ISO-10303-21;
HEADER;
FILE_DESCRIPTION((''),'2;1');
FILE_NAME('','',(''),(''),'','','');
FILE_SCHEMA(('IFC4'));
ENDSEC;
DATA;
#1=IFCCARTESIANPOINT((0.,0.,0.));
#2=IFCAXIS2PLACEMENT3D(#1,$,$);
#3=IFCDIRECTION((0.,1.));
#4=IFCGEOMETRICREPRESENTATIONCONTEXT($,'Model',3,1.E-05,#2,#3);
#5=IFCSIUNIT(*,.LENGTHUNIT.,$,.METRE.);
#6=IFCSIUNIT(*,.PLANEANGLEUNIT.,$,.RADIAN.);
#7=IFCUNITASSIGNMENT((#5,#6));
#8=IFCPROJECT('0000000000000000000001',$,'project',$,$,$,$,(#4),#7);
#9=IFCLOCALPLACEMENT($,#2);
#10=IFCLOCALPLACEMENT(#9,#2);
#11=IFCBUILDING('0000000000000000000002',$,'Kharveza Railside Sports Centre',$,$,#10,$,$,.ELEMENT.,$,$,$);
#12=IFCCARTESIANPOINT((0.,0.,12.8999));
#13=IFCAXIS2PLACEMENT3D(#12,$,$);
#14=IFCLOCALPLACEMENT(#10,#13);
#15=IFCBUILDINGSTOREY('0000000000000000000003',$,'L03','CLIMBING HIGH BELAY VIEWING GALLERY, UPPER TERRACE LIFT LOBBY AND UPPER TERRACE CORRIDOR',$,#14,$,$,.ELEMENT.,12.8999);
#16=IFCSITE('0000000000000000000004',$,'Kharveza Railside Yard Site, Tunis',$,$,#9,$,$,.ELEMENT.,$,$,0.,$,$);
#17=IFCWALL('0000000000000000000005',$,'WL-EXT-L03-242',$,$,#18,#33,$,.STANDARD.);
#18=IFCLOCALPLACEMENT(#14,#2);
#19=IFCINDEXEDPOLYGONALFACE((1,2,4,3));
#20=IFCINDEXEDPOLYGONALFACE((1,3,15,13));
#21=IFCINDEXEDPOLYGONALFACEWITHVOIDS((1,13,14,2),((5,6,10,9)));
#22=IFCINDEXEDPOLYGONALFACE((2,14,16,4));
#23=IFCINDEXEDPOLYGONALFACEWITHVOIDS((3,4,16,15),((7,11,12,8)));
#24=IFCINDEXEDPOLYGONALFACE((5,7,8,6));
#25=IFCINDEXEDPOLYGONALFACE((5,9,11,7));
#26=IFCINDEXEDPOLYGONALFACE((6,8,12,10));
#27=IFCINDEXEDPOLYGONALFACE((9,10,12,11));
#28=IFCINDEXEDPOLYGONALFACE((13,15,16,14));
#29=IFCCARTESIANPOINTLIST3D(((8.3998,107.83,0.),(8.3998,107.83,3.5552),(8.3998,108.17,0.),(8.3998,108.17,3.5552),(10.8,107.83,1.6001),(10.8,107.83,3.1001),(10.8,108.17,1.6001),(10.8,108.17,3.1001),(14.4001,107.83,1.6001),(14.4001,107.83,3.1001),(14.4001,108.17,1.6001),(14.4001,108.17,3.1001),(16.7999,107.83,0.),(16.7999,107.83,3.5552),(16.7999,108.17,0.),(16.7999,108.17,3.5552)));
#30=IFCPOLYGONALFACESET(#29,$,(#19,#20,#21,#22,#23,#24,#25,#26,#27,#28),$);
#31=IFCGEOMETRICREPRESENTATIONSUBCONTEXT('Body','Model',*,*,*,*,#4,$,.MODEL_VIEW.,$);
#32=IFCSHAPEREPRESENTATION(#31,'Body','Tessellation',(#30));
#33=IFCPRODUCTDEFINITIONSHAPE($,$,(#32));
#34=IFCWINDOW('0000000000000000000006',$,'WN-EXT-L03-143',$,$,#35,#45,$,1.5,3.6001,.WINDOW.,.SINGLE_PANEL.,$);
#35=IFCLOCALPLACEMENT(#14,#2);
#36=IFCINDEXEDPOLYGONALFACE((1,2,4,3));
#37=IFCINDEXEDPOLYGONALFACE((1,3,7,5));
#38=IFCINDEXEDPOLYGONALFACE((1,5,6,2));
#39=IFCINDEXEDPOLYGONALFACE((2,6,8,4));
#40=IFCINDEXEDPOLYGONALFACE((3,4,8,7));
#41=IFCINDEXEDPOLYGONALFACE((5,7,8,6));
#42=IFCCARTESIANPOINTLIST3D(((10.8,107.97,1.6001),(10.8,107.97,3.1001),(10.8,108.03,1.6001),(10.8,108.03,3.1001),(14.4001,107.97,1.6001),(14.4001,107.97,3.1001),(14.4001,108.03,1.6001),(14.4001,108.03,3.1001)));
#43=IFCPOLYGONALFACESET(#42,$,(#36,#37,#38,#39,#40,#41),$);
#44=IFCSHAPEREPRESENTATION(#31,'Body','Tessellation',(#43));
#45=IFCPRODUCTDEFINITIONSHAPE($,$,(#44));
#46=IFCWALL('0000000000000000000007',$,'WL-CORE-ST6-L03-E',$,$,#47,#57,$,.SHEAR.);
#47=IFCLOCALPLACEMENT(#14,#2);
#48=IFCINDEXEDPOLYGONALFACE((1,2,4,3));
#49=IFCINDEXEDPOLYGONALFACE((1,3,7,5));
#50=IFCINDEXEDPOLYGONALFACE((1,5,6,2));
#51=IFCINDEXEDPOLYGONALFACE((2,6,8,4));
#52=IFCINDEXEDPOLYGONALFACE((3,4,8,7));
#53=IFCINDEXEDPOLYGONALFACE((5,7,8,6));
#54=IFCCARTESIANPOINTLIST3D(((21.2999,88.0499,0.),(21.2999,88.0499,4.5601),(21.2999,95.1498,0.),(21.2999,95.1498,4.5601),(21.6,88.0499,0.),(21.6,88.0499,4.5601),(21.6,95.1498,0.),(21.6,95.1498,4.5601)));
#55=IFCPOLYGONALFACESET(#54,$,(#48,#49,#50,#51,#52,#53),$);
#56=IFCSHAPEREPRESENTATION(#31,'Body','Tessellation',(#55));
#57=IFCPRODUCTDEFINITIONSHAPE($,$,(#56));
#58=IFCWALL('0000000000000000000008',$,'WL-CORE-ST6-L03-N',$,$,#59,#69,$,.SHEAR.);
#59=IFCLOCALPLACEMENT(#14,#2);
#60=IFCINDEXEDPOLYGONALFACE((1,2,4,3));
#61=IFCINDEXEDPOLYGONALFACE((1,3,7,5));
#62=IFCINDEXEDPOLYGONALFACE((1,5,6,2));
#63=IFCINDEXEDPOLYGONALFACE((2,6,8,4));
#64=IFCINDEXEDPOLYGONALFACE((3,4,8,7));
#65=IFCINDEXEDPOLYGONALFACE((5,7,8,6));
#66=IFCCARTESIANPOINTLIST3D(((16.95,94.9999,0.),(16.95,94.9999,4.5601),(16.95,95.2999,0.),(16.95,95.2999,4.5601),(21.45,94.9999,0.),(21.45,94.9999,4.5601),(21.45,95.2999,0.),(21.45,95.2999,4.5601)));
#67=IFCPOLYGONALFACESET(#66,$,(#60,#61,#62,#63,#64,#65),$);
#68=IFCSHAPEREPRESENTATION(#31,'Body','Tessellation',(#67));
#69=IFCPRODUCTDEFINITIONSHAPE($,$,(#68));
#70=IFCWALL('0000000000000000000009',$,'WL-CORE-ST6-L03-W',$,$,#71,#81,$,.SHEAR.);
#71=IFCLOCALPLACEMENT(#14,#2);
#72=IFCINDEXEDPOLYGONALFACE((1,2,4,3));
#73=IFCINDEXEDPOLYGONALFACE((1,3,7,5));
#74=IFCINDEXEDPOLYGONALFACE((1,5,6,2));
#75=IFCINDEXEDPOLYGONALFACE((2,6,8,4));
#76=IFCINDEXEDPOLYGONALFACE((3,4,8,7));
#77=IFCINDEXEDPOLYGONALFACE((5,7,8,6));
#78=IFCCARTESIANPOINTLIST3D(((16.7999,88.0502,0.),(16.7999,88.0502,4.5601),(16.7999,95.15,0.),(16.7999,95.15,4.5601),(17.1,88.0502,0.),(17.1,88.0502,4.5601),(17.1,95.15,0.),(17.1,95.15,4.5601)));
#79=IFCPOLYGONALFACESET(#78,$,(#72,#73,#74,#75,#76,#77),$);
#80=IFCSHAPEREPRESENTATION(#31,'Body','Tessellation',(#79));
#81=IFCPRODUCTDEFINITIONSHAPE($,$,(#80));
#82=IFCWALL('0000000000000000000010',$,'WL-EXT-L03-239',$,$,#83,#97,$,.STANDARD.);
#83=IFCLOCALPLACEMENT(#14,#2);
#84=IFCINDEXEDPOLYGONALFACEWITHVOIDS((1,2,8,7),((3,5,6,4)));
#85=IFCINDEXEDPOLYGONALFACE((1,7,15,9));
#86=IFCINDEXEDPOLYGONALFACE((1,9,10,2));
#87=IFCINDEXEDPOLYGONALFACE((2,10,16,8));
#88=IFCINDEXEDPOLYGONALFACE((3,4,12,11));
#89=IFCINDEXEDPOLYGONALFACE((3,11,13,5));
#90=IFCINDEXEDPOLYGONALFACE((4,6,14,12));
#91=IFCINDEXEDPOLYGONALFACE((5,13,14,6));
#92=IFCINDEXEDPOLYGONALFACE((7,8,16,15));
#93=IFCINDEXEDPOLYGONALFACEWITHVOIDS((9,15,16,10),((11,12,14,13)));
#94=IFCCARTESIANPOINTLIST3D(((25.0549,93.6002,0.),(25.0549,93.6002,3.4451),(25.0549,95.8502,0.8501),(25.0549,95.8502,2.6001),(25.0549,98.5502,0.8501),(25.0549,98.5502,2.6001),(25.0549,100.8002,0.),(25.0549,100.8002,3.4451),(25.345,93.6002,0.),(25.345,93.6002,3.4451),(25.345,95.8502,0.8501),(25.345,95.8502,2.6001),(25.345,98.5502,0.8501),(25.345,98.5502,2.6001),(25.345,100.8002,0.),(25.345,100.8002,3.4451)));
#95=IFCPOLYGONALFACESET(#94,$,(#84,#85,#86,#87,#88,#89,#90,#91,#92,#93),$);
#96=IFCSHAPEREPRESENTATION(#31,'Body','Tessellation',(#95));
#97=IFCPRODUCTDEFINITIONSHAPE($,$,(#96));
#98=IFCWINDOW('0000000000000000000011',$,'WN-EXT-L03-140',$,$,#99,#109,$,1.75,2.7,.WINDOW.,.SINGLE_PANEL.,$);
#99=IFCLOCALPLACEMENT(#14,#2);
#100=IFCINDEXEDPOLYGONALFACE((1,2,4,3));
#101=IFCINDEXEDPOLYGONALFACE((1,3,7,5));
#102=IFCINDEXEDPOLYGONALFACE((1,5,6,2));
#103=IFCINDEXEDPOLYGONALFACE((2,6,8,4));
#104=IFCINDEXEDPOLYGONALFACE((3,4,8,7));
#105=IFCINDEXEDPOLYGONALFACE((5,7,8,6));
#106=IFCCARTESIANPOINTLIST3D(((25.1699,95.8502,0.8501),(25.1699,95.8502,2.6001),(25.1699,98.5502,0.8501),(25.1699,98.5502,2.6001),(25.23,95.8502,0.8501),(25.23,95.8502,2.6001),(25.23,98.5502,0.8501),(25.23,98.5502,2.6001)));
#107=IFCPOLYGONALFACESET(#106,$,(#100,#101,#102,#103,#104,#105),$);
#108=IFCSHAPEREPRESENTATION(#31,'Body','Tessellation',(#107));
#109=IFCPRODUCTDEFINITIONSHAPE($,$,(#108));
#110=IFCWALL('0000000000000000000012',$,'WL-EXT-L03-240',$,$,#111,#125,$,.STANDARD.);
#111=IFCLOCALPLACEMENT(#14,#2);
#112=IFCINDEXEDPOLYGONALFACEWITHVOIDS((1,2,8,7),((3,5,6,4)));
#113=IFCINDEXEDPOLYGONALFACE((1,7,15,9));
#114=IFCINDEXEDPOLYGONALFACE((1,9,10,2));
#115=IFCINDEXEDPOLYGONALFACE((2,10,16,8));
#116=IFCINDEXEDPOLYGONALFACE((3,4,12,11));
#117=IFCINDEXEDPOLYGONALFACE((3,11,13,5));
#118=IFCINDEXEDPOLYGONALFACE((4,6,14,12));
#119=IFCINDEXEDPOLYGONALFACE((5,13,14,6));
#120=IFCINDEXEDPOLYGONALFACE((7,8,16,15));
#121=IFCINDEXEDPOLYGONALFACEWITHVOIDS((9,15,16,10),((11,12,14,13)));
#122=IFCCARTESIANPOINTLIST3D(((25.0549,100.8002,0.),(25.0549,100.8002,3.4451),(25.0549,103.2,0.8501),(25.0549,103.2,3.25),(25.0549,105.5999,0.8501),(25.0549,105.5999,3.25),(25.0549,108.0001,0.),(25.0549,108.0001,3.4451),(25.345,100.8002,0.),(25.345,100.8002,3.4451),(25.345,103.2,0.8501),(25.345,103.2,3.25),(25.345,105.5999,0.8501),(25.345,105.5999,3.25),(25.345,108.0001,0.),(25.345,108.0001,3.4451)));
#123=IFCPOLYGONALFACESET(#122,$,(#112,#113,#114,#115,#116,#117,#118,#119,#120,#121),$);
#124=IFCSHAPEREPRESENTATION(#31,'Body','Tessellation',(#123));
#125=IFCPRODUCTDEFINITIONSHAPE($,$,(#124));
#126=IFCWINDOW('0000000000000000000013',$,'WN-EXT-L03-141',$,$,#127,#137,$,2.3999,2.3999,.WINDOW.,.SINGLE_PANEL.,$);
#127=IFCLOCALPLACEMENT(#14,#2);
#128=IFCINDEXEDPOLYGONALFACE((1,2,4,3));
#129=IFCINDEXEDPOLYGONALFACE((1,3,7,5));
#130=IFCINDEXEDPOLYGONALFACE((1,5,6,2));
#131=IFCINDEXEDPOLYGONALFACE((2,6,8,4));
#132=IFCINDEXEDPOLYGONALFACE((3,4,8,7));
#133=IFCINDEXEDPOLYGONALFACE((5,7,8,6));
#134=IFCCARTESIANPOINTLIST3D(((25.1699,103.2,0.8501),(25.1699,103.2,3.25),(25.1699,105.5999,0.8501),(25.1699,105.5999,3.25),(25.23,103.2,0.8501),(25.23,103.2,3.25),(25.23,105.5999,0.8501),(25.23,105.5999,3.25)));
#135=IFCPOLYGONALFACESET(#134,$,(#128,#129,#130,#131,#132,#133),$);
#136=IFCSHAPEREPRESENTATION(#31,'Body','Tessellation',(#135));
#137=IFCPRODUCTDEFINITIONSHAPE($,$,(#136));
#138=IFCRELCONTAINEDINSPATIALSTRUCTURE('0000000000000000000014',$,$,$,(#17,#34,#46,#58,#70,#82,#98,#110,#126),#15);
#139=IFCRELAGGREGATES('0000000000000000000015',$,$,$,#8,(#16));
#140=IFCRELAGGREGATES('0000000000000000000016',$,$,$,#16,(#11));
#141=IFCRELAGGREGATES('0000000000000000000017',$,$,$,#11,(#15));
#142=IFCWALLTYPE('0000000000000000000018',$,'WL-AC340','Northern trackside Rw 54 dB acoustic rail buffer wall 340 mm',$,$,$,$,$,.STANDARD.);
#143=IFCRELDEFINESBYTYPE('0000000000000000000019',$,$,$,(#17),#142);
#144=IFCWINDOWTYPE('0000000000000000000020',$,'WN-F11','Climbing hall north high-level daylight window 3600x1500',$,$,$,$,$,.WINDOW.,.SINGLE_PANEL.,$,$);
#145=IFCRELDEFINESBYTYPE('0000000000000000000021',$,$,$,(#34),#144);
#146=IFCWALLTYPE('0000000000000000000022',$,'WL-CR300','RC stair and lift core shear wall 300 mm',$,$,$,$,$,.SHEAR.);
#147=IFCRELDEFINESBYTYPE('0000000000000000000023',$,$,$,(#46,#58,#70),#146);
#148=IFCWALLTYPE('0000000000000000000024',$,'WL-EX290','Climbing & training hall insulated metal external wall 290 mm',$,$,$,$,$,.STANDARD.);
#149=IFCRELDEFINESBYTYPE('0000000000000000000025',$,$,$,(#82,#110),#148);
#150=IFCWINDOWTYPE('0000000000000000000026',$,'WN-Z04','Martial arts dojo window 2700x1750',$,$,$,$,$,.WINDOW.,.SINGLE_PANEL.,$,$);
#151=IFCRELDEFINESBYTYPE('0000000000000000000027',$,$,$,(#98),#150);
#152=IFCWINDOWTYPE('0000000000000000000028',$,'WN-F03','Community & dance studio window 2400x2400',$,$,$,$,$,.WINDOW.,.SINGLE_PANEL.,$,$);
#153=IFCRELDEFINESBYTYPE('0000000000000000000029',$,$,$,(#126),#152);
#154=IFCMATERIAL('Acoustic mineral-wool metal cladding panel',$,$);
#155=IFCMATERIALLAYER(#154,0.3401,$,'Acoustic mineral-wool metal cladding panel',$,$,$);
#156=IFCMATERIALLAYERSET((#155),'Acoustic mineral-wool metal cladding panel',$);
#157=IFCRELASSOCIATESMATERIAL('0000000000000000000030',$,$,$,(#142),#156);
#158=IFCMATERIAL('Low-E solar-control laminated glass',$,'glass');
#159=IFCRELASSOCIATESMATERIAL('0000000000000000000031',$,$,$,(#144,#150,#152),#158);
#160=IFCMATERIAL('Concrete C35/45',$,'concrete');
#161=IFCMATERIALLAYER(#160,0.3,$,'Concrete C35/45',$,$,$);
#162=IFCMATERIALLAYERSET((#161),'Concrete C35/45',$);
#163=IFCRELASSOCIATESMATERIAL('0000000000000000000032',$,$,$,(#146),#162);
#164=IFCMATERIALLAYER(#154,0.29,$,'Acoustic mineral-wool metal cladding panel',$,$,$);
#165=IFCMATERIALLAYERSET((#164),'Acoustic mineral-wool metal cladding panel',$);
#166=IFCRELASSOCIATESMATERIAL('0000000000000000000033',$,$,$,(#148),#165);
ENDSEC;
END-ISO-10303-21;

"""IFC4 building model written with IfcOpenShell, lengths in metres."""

from ifc_helpers import new_model, si_unit, direction, frame, frame_2d, origin, place, context, subcontext, project, spatial, rectangle, extrude, material, layer, layer_set, type_object, element, fill, save


model = new_model("IFC4")

# Units and contexts
model_context = context("Model", 3, precision=1e-05, world=origin(), true_north=direction((0.0, 1.0)))
body_context = subcontext(model_context, "Body", "Model", "MODEL_VIEW")
ifc_project = project(units=[si_unit("LENGTHUNIT", "METRE"), si_unit("PLANEANGLEUNIT", "RADIAN")], contexts=[model_context])

# Site, building, storey
site_placement = place(None, origin())
site = spatial("IfcSite", under=ifc_project, at=site_placement, Name="Kharveza Railside Yard Site, Tunis", CompositionType="ELEMENT", RefElevation=0.0)
building_placement = place(site_placement, origin())
building = spatial("IfcBuilding", under=site, at=building_placement, Name="Kharveza Railside Sports Centre", CompositionType="ELEMENT")
storey_placement = place(building_placement, frame((0.0, 0.0, 12.8999)))
storey = spatial("IfcBuildingStorey", under=building, at=storey_placement, Name="L03", Description="CLIMBING HIGH BELAY VIEWING GALLERY, UPPER TERRACE LIFT LOBBY AND UPPER TERRACE CORRIDOR", CompositionType="ELEMENT", Elevation=12.8999)

# Wall, opening, window
ifc_material_1 = material(Name="Acoustic mineral-wool metal cladding panel")
ifc_layer_1 = layer(ifc_material_1, 0.3401, Name="Acoustic mineral-wool metal cladding panel")
ifc_layer_set_1 = layer_set([ifc_layer_1], Name="Acoustic mineral-wool metal cladding panel")
wall_type_1 = type_object("IfcWallType", Name="WL-AC340", Description="Northern trackside Rw 54 dB acoustic rail buffer wall 340 mm", PredefinedType="STANDARD", material=ifc_layer_set_1)
ifc_material_2 = material(Name="Low-E solar-control laminated glass", Category="glass")
window_type_1 = type_object("IfcWindowType", Name="WN-F11", Description="Climbing hall north high-level daylight window 3600x1500", PartitioningType="SINGLE_PANEL", PredefinedType="WINDOW", material=ifc_material_2)
wall_1_placement = place(storey_placement, frame((16.8, 108.0, 0.0), z_axis=(0.0, 0.0, 1.0), x_axis=(-1.0, 0.0, 0.0)))
wall_1 = element("IfcWall", 1, at=wall_1_placement, inside=storey, type_object=wall_type_1, Name="WL-EXT-L03-242", PredefinedType="STANDARD", context=body_context, shape_type="SweptSolid", body=[
    extrude(rectangle(XDim=8.4001, YDim=0.3401, at=frame_2d((4.2002, 0.0))), origin(), (0.0, 0.0, 1.0), 3.5552),
])
opening_1_placement = place(wall_1_placement, frame((2.3999, 0.0, 1.6001)))
opening_1 = element("IfcOpeningElement", 2, at=opening_1_placement, cuts=wall_1, PredefinedType="OPENING", context=body_context, shape_type="SweptSolid", body=[
    extrude(rectangle(XDim=3.6001, YDim=1.5, at=frame_2d((1.8, 0.75))), frame((0.0, 0.1948, 0.0), z_axis=(0.0, -1.0, 0.0), x_axis=(1.0, 0.0, 0.0)), (0.0, 0.0, 1.0), 0.3899),
])
window_1_placement = place(opening_1_placement, origin())
window_1 = element("IfcWindow", 3, at=window_1_placement, inside=storey, type_object=window_type_1, Name="WN-EXT-L03-143", OverallHeight=1.5, OverallWidth=3.6001, PartitioningType="SINGLE_PANEL", PredefinedType="WINDOW", context=body_context, shape_type="SweptSolid", body=[
    extrude(rectangle(XDim=3.6001, YDim=1.5, at=frame_2d((1.8, 0.75))), frame((0.0, 0.03, 0.0), z_axis=(0.0, -1.0, 0.0), x_axis=(1.0, 0.0, 0.0)), (0.0, 0.0, 1.0), 0.0601),
])
fill(opening_1, window_1)

# Walls
ifc_material_3 = material(Name="Concrete C35/45", Category="concrete")
ifc_layer_2 = layer(ifc_material_3, 0.3, Name="Concrete C35/45")
ifc_layer_set_2 = layer_set([ifc_layer_2], Name="Concrete C35/45")
wall_type_2 = type_object("IfcWallType", Name="WL-CR300", Description="RC stair and lift core shear wall 300 mm", PredefinedType="SHEAR", material=ifc_layer_set_2)
wall_2_placement = place(storey_placement, frame((21.45, 88.05, 0.0), z_axis=(0.0, 0.0, 1.0), x_axis=(0.0, 1.0, 0.0)))
element("IfcWall", 4, at=wall_2_placement, inside=storey, type_object=wall_type_2, Name="WL-CORE-ST6-L03-E", PredefinedType="SHEAR", context=body_context, shape_type="SweptSolid", body=[
    extrude(rectangle(XDim=7.0999, YDim=0.3, at=frame_2d((3.5498, 0.0))), origin(), (0.0, 0.0, 1.0), 4.5601),
])
wall_3_placement = place(storey_placement, frame((21.45, 95.1499, 0.0), z_axis=(0.0, 0.0, 1.0), x_axis=(-1.0, 0.0, 0.0)))
element("IfcWall", 5, at=wall_3_placement, inside=storey, type_object=wall_type_2, Name="WL-CORE-ST6-L03-N", PredefinedType="SHEAR", context=body_context, shape_type="SweptSolid", body=[
    extrude(rectangle(XDim=4.5, YDim=0.3, at=frame_2d((2.25, 0.0))), origin(), (0.0, 0.0, 1.0), 4.5601),
])
wall_4_placement = place(storey_placement, frame((16.95, 95.1499, 0.0), z_axis=(0.0, 0.0, 1.0), x_axis=(0.0, -1.0, 0.0)))
element("IfcWall", 6, at=wall_4_placement, inside=storey, type_object=wall_type_2, Name="WL-CORE-ST6-L03-W", PredefinedType="SHEAR", context=body_context, shape_type="SweptSolid", body=[
    extrude(rectangle(XDim=7.0999, YDim=0.3, at=frame_2d((3.5498, 0.0))), origin(), (0.0, 0.0, 1.0), 4.5601),
])

# Walls, openings, windows
ifc_layer_3 = layer(ifc_material_1, 0.29, Name="Acoustic mineral-wool metal cladding panel")
ifc_layer_set_3 = layer_set([ifc_layer_3], Name="Acoustic mineral-wool metal cladding panel")
wall_type_3 = type_object("IfcWallType", Name="WL-EX290", Description="Climbing & training hall insulated metal external wall 290 mm", PredefinedType="STANDARD", material=ifc_layer_set_3)
wall_5_placement = place(storey_placement, frame((25.2, 93.6001, 0.0), z_axis=(0.0, 0.0, 1.0), x_axis=(0.0, 1.0, 0.0)))
wall_5 = element("IfcWall", 7, at=wall_5_placement, inside=storey, type_object=wall_type_3, Name="WL-EXT-L03-239", PredefinedType="STANDARD", context=body_context, shape_type="SweptSolid", body=[
    extrude(rectangle(XDim=7.2, YDim=0.29, at=frame_2d((3.6001, 0.0))), origin(), (0.0, 0.0, 1.0), 3.4451),
])
opening_2_placement = place(wall_5_placement, frame((2.25, 0.0, 0.8501)))
opening_2 = element("IfcOpeningElement", 8, at=opening_2_placement, cuts=wall_5, PredefinedType="OPENING", context=body_context, shape_type="SweptSolid", body=[
    extrude(rectangle(XDim=2.7, YDim=1.75, at=frame_2d((1.3501, 0.875))), frame((0.0, 0.1699, 0.0), z_axis=(0.0, -1.0, 0.0), x_axis=(1.0, 0.0, 0.0)), (0.0, 0.0, 1.0), 0.3398),
])
window_type_2 = type_object("IfcWindowType", Name="WN-Z04", Description="Martial arts dojo window 2700x1750", PartitioningType="SINGLE_PANEL", PredefinedType="WINDOW", material=ifc_material_2)
window_2_placement = place(opening_2_placement, origin())
window_2 = element("IfcWindow", 9, at=window_2_placement, inside=storey, type_object=window_type_2, Name="WN-EXT-L03-140", OverallHeight=1.75, OverallWidth=2.7, PartitioningType="SINGLE_PANEL", PredefinedType="WINDOW", context=body_context, shape_type="SweptSolid", body=[
    extrude(rectangle(XDim=2.7, YDim=1.75, at=frame_2d((1.3501, 0.875))), frame((0.0, 0.03, 0.0), z_axis=(0.0, -1.0, 0.0), x_axis=(1.0, 0.0, 0.0)), (0.0, 0.0, 1.0), 0.0601),
])
fill(opening_2, window_2)
wall_6_placement = place(storey_placement, frame((25.2, 100.8, 0.0), z_axis=(0.0, 0.0, 1.0), x_axis=(0.0, 1.0, 0.0)))
wall_6 = element("IfcWall", 10, at=wall_6_placement, inside=storey, type_object=wall_type_3, Name="WL-EXT-L03-240", PredefinedType="STANDARD", context=body_context, shape_type="SweptSolid", body=[
    extrude(rectangle(XDim=7.2, YDim=0.29, at=frame_2d((3.6001, 0.0))), origin(), (0.0, 0.0, 1.0), 3.4451),
])
opening_3_placement = place(wall_6_placement, frame((2.3999, 0.0, 0.8501)))
opening_3 = element("IfcOpeningElement", 11, at=opening_3_placement, cuts=wall_6, PredefinedType="OPENING", context=body_context, shape_type="SweptSolid", body=[
    extrude(rectangle(XDim=2.3999, YDim=2.3999, at=frame_2d((1.2, 1.2))), frame((0.0, 0.1699, 0.0), z_axis=(0.0, -1.0, 0.0), x_axis=(1.0, 0.0, 0.0)), (0.0, 0.0, 1.0), 0.3398),
])
window_type_3 = type_object("IfcWindowType", Name="WN-F03", Description="Community & dance studio window 2400x2400", PartitioningType="SINGLE_PANEL", PredefinedType="WINDOW", material=ifc_material_2)
window_3_placement = place(opening_3_placement, origin())
window_3 = element("IfcWindow", 12, at=window_3_placement, inside=storey, type_object=window_type_3, Name="WN-EXT-L03-141", OverallHeight=2.3999, OverallWidth=2.3999, PartitioningType="SINGLE_PANEL", PredefinedType="WINDOW", context=body_context, shape_type="SweptSolid", body=[
    extrude(rectangle(XDim=2.3999, YDim=2.3999, at=frame_2d((1.2, 1.2))), frame((0.0, 0.03, 0.0), z_axis=(0.0, -1.0, 0.0), x_axis=(1.0, 0.0, 0.0)), (0.0, 0.0, 1.0), 0.0601),
])
fill(opening_3, window_3)

save(model, "model.ifc")
